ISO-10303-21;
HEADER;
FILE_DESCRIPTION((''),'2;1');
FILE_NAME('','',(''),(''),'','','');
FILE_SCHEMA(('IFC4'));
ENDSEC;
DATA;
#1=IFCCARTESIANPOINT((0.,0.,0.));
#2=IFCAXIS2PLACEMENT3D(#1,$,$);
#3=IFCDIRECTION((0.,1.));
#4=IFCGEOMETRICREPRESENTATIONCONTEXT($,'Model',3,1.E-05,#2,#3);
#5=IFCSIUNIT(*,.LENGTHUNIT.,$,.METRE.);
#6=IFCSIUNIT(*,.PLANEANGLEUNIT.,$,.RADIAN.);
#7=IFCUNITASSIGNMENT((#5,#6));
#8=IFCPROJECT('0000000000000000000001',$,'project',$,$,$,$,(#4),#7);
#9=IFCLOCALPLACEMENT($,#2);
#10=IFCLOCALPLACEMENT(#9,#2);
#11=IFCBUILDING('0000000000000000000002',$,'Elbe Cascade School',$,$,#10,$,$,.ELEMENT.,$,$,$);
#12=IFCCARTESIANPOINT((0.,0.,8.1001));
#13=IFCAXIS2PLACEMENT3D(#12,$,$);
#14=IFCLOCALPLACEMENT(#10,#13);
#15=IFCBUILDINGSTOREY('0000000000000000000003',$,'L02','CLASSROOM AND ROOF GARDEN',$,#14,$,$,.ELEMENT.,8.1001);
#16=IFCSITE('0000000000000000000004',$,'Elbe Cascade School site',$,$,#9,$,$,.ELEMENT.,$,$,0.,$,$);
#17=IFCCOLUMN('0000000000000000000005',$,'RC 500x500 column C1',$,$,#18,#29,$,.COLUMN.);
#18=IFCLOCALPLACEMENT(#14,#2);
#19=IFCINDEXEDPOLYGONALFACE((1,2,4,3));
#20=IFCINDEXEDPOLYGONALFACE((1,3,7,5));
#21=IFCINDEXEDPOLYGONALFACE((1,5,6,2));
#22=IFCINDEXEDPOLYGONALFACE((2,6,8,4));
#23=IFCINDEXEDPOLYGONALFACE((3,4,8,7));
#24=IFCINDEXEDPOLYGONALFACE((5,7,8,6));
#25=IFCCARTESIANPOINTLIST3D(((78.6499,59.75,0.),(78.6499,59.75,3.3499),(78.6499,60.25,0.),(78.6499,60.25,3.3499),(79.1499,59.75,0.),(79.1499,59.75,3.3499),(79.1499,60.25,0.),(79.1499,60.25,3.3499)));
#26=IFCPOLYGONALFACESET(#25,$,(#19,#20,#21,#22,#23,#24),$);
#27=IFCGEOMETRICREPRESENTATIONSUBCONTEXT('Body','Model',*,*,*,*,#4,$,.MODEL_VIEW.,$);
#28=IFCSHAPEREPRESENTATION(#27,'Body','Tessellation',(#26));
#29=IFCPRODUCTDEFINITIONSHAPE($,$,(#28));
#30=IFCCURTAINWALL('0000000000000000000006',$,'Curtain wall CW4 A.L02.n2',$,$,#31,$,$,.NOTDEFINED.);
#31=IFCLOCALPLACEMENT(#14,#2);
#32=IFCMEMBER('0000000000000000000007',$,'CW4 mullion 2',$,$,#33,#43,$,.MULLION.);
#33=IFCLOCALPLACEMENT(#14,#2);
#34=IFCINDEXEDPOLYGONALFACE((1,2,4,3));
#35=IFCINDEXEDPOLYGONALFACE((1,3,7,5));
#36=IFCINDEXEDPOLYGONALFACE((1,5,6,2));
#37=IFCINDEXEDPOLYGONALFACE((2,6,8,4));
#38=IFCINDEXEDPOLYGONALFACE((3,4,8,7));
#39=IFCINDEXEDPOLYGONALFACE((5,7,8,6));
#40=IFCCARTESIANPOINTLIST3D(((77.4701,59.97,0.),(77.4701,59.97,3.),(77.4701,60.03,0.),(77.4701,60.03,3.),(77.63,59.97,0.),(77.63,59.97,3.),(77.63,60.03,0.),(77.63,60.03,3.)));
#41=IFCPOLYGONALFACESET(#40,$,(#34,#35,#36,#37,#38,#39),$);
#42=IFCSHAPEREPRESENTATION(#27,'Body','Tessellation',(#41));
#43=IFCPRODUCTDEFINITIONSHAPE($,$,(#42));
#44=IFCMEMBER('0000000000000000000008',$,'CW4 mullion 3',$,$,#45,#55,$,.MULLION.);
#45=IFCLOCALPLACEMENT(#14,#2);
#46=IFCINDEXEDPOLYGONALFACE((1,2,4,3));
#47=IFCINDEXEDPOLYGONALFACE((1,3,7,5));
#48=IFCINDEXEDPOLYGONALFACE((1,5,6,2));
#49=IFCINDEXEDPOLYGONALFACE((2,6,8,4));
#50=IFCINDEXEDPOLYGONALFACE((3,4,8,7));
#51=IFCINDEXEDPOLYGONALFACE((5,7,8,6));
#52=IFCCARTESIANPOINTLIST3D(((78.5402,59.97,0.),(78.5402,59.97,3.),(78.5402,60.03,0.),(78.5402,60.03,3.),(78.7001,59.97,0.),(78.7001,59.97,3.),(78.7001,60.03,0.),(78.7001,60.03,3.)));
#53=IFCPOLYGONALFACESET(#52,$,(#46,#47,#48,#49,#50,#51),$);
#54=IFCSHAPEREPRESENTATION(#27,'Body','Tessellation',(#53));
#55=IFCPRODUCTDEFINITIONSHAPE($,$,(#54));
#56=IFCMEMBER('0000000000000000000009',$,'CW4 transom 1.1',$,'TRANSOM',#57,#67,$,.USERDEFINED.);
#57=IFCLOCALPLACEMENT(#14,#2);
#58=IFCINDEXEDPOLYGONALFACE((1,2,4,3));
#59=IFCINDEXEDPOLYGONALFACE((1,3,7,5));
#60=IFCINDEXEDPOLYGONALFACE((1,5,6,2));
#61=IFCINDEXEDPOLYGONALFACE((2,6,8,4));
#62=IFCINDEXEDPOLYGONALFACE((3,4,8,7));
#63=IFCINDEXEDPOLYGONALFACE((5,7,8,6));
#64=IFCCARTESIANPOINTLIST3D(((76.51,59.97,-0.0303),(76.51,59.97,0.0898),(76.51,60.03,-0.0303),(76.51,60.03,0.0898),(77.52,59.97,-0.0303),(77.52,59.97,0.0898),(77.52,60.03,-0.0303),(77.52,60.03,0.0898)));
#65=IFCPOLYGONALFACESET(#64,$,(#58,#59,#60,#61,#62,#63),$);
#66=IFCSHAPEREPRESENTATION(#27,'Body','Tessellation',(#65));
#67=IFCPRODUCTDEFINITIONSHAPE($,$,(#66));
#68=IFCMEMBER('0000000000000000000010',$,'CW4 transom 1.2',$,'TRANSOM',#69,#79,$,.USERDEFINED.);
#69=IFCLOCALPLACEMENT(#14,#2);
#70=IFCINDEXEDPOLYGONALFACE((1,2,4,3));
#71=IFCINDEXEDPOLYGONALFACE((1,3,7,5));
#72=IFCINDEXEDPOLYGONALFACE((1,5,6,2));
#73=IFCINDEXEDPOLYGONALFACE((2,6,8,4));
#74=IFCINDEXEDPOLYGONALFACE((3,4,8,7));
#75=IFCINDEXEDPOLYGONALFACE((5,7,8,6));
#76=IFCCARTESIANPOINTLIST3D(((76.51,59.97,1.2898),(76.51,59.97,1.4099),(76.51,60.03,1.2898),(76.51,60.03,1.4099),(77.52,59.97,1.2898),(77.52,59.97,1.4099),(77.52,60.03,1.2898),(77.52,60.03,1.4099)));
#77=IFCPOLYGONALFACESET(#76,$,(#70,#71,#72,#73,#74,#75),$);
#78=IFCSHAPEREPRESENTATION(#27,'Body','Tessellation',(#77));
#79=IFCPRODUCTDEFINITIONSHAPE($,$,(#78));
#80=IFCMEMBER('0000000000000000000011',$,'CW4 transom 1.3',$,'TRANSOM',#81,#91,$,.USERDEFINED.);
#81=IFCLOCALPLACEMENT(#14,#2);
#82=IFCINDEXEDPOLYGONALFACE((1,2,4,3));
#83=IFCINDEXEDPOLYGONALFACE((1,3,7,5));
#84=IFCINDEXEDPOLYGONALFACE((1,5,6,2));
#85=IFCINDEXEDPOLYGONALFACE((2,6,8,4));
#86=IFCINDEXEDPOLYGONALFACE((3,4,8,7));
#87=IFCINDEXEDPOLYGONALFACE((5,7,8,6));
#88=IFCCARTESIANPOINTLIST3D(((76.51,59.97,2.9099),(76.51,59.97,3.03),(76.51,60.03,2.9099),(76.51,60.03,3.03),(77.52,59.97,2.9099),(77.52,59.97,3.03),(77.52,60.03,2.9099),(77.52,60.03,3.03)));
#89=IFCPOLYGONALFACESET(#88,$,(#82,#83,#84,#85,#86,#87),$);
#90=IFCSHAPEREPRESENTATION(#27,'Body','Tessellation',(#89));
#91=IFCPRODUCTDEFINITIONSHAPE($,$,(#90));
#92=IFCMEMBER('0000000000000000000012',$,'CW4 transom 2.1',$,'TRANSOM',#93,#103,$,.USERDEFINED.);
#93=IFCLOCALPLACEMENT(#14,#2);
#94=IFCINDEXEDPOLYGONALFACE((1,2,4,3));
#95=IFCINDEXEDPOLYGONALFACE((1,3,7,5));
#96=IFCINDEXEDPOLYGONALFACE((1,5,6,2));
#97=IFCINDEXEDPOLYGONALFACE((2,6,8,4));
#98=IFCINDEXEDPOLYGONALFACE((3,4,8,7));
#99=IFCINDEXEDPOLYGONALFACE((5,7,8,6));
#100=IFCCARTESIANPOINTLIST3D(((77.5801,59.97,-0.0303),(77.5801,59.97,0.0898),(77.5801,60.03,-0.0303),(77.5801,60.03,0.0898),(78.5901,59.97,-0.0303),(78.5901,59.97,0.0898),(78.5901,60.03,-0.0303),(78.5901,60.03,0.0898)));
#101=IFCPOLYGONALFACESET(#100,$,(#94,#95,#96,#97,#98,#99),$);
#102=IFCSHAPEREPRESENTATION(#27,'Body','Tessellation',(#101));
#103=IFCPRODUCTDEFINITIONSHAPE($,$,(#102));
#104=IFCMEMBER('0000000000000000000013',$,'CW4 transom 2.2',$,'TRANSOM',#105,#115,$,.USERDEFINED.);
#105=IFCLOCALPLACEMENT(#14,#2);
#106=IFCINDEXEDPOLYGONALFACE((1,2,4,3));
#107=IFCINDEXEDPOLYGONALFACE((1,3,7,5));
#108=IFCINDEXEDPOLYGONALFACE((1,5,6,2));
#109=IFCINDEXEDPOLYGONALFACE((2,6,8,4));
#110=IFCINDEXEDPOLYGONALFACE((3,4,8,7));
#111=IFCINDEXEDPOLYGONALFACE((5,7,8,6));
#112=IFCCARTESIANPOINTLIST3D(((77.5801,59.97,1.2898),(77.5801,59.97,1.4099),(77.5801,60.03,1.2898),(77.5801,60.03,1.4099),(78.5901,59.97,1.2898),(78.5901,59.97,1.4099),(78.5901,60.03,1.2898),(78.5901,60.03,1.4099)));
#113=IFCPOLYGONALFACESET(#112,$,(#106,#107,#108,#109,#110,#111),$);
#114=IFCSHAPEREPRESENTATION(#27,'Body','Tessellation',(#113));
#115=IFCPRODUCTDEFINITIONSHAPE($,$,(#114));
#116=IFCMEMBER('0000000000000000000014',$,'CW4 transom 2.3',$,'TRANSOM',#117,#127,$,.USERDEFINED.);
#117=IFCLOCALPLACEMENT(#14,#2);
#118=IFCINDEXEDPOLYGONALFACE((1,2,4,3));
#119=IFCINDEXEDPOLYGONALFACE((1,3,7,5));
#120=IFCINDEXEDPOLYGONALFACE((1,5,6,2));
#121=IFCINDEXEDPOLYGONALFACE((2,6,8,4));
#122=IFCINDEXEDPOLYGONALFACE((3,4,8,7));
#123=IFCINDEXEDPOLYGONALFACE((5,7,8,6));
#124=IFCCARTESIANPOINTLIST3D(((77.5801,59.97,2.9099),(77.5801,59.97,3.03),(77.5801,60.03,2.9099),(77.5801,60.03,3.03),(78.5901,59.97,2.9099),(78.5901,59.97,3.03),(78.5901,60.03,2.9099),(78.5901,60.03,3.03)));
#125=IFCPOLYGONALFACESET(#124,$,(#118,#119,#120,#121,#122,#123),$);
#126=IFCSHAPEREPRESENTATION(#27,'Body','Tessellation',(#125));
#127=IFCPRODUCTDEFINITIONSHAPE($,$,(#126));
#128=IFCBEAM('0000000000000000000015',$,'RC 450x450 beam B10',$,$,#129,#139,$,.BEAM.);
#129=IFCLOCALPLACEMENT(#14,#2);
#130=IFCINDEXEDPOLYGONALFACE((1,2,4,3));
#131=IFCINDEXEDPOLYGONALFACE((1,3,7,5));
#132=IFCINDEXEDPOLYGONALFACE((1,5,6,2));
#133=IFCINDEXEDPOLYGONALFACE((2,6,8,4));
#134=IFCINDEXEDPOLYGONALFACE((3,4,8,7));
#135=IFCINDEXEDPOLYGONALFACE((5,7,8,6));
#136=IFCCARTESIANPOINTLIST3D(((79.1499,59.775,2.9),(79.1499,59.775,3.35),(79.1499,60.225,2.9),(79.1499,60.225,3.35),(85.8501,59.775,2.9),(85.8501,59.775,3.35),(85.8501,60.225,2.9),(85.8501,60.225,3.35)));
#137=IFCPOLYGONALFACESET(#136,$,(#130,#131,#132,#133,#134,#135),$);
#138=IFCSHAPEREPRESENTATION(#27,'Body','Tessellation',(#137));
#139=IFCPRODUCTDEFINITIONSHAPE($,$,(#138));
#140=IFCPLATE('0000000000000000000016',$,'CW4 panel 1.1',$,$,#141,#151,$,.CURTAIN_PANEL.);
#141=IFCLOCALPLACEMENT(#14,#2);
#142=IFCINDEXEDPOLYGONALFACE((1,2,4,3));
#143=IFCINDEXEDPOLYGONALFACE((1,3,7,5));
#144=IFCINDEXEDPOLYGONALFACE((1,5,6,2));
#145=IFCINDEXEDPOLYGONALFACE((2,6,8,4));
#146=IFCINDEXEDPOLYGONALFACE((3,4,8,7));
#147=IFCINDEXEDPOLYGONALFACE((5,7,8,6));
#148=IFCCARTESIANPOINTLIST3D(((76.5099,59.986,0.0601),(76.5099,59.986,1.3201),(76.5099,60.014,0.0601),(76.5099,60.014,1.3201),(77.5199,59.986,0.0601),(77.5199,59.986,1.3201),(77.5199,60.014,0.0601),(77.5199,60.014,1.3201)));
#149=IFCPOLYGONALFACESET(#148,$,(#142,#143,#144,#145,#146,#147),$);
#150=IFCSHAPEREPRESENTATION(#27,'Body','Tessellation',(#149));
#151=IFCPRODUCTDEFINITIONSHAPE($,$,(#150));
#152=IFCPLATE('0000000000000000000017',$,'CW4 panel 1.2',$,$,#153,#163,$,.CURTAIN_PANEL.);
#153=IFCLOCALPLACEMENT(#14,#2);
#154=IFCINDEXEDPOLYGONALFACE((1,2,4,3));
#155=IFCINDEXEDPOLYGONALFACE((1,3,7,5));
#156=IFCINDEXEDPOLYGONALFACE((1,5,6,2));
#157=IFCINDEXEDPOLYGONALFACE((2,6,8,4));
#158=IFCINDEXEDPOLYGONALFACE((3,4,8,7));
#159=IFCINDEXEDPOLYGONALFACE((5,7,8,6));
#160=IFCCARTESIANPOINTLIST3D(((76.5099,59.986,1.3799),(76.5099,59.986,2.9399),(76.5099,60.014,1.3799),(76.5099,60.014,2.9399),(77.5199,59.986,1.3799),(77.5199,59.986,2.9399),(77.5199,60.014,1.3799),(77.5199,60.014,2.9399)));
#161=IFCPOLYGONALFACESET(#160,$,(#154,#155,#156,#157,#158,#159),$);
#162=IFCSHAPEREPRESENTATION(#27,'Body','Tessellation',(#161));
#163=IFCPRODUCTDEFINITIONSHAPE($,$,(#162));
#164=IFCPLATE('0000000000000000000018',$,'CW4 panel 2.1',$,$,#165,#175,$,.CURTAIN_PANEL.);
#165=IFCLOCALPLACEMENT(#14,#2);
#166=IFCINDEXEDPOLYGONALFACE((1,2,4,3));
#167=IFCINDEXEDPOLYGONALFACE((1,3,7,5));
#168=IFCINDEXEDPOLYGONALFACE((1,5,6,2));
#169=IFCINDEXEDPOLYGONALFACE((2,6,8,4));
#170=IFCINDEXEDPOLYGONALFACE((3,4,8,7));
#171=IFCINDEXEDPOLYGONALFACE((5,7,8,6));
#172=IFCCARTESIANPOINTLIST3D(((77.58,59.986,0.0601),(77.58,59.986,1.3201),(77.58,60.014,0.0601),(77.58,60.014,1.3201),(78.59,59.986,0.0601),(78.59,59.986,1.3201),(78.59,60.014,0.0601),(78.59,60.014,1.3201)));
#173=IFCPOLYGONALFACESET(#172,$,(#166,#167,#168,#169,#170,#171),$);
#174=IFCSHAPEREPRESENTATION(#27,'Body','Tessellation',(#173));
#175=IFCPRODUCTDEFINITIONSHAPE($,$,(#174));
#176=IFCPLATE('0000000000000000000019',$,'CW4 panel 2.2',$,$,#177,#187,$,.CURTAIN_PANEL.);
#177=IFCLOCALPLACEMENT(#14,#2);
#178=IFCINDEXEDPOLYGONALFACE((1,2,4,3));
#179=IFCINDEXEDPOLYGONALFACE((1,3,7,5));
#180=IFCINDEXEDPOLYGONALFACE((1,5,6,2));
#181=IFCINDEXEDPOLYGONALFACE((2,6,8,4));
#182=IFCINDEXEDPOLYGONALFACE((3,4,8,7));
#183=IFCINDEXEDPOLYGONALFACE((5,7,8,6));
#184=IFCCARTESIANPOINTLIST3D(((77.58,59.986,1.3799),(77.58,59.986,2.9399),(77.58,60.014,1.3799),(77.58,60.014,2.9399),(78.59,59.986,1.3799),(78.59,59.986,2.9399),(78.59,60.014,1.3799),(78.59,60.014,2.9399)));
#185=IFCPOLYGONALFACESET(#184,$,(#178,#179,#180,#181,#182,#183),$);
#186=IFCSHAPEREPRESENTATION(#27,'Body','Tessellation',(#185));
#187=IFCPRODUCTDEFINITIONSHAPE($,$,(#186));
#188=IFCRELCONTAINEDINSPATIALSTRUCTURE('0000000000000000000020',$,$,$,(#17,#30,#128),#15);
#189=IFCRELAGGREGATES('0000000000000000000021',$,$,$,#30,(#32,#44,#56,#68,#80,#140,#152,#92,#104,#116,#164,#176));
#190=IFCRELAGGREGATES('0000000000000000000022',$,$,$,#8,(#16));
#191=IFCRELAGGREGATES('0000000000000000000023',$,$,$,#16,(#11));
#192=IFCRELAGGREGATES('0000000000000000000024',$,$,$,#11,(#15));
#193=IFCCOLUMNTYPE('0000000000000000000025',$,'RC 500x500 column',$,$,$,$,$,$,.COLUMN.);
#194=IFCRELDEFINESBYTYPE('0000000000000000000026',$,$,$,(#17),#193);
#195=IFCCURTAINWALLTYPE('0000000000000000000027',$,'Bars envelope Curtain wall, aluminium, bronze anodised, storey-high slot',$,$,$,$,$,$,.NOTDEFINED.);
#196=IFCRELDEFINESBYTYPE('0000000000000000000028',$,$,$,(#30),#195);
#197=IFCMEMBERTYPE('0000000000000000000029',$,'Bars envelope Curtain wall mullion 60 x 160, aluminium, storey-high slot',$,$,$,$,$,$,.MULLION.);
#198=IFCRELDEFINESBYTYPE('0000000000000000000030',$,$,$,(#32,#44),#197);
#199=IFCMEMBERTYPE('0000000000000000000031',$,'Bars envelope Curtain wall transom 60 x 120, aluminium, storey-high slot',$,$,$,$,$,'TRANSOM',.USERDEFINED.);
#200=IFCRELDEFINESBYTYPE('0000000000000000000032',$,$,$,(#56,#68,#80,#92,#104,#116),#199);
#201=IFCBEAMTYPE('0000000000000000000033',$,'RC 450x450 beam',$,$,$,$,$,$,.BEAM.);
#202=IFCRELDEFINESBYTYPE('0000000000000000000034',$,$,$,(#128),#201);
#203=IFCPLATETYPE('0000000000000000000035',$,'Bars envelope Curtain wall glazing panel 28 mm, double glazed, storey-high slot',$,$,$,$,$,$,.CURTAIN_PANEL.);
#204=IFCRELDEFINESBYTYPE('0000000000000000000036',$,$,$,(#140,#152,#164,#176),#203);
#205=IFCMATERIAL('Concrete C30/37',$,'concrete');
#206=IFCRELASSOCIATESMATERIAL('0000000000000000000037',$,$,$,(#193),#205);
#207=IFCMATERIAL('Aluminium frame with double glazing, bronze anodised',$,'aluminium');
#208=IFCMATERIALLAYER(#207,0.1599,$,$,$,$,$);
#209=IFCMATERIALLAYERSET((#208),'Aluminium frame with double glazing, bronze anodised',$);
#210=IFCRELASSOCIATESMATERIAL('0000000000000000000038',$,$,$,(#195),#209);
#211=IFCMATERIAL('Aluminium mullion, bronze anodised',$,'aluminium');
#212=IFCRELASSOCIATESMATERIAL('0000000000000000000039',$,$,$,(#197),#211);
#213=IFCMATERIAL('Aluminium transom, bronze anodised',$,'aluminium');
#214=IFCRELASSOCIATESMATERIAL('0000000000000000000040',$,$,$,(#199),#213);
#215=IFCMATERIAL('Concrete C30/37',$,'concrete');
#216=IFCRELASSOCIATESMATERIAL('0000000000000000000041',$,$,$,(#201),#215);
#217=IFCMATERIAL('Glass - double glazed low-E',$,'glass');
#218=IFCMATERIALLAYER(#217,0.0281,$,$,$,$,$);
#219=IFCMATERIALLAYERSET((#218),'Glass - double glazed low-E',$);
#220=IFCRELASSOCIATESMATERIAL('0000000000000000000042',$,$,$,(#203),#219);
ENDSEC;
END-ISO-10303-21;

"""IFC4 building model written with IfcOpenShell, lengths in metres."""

from ifc_helpers import new_model, si_unit, direction, frame, origin, origin_2d, place, context, subcontext, project, spatial, rectangle, extrude, material, layer, layer_set, material_profile, profile_set, type_object, element, aggregate, save


model = new_model("IFC4")

# Units and contexts
model_context = context("Model", 3, precision=1e-05, world=origin(), true_north=direction((0.0, 1.0)))
body_context = subcontext(model_context, "Body", "Model", "MODEL_VIEW")
ifc_project = project(units=[si_unit("LENGTHUNIT", "METRE"), si_unit("PLANEANGLEUNIT", "RADIAN")], contexts=[model_context])

# Site, building, storey
site_placement = place(None, origin())
site = spatial("IfcSite", under=ifc_project, at=site_placement, Name="Elbe Cascade School site", CompositionType="ELEMENT", RefElevation=0.0)
building_placement = place(site_placement, origin())
building = spatial("IfcBuilding", under=site, at=building_placement, Name="Elbe Cascade School", CompositionType="ELEMENT")
storey_placement = place(building_placement, frame((0.0, 0.0, 8.1001)))
storey = spatial("IfcBuildingStorey", under=building, at=storey_placement, Name="L02", Description="CLASSROOM AND ROOF GARDEN", CompositionType="ELEMENT", Elevation=8.1001)

# Column
ifc_material_1 = material(Name="Concrete C30/37", Category="concrete")
ifc_material_profile_1 = material_profile(ifc_material_1, rectangle(XDim=0.5, YDim=0.5, at=origin_2d()), Name="RC 500x500")
ifc_profile_set_1 = profile_set([ifc_material_profile_1], Name="Concrete C30/37")
column_type = type_object("IfcColumnType", Name="RC 500x500 column", PredefinedType="COLUMN", material=ifc_profile_set_1)
column_placement = place(storey_placement, frame((78.8999, 60.0, 0.0), z_axis=(0.0, 0.0, 1.0), x_axis=(1.0, 0.0, 0.0)))
element("IfcColumn", 1, at=column_placement, inside=storey, type_object=column_type, Name="RC 500x500 column C1", PredefinedType="COLUMN", context=body_context, shape_type="SweptSolid", body=[
    extrude(rectangle(XDim=0.5, YDim=0.5, at=origin_2d()), origin(), (0.0, 0.0, 1.0), 3.3499),
])

# Curtain wall, members
ifc_material_2 = material(Name="Aluminium frame with double glazing, bronze anodised", Category="aluminium")
ifc_layer_1 = layer(ifc_material_2, 0.1599)
ifc_layer_set_1 = layer_set([ifc_layer_1], Name="Aluminium frame with double glazing, bronze anodised")
curtain_wall_type = type_object("IfcCurtainWallType", Name="Bars envelope Curtain wall, aluminium, bronze anodised, storey-high slot", PredefinedType="NOTDEFINED", material=ifc_layer_set_1)
curtain_wall_placement = place(storey_placement, origin())
curtain_wall = element("IfcCurtainWall", 2, at=curtain_wall_placement, inside=storey, type_object=curtain_wall_type, Name="Curtain wall CW4 A.L02.n2", PredefinedType="NOTDEFINED")
ifc_material_3 = material(Name="Aluminium mullion, bronze anodised", Category="aluminium")
ifc_material_profile_2 = material_profile(ifc_material_3, rectangle(XDim=0.0601, YDim=0.1599, at=origin_2d()), Name="Bars envelope Curtain wall mullion 60 x 160, aluminium, storey-high slot")
ifc_profile_set_2 = profile_set([ifc_material_profile_2], Name="Aluminium mullion, bronze anodised")
member_type_1 = type_object("IfcMemberType", Name="Bars envelope Curtain wall mullion 60 x 160, aluminium, storey-high slot", PredefinedType="MULLION", material=ifc_profile_set_2)
member_1_placement = place(storey_placement, frame((77.55, 60.0, 0.0), z_axis=(0.0, 0.0, 1.0), x_axis=(0.0, 1.0, 0.0)))
member_1 = element("IfcMember", 3, at=member_1_placement, type_object=member_type_1, Name="CW4 mullion 2", PredefinedType="MULLION", context=body_context, shape_type="SweptSolid", body=[
    extrude(rectangle(XDim=0.0601, YDim=0.1599, at=origin_2d()), origin(), (0.0, 0.0, 1.0), 3.0),
])
member_2_placement = place(storey_placement, frame((78.6201, 60.0, 0.0), z_axis=(0.0, 0.0, 1.0), x_axis=(0.0, 1.0, 0.0)))
member_2 = element("IfcMember", 4, at=member_2_placement, type_object=member_type_1, Name="CW4 mullion 3", PredefinedType="MULLION", context=body_context, shape_type="SweptSolid", body=[
    extrude(rectangle(XDim=0.0601, YDim=0.1599, at=origin_2d()), origin(), (0.0, 0.0, 1.0), 3.0),
])
ifc_material_4 = material(Name="Aluminium transom, bronze anodised", Category="aluminium")
ifc_material_profile_3 = material_profile(ifc_material_4, rectangle(XDim=0.0601, YDim=0.1201, at=origin_2d()), Name="Bars envelope Curtain wall transom 60 x 120, aluminium, storey-high slot")
ifc_profile_set_3 = profile_set([ifc_material_profile_3], Name="Aluminium transom, bronze anodised")
member_type_2 = type_object("IfcMemberType", Name="Bars envelope Curtain wall transom 60 x 120, aluminium, storey-high slot", ElementType="TRANSOM", PredefinedType="USERDEFINED", material=ifc_profile_set_3)
member_3_placement = place(storey_placement, frame((76.51, 60.0, 0.0298), z_axis=(1.0, 0.0, 0.0), x_axis=(0.0, 1.0, 0.0)))
member_3 = element("IfcMember", 5, at=member_3_placement, type_object=member_type_2, Name="CW4 transom 1.1", ObjectType="TRANSOM", PredefinedType="USERDEFINED", context=body_context, shape_type="SweptSolid", body=[
    extrude(rectangle(XDim=0.0601, YDim=0.1201, at=origin_2d()), origin(), (0.0, 0.0, 1.0), 1.01),
])
member_4_placement = place(storey_placement, frame((76.51, 60.0, 1.3499), z_axis=(1.0, 0.0, 0.0), x_axis=(0.0, 1.0, 0.0)))
member_4 = element("IfcMember", 6, at=member_4_placement, type_object=member_type_2, Name="CW4 transom 1.2", ObjectType="TRANSOM", PredefinedType="USERDEFINED", context=body_context, shape_type="SweptSolid", body=[
    extrude(rectangle(XDim=0.0601, YDim=0.1201, at=origin_2d()), origin(), (0.0, 0.0, 1.0), 1.01),
])
member_5_placement = place(storey_placement, frame((76.51, 60.0, 2.97), z_axis=(1.0, 0.0, 0.0), x_axis=(0.0, 1.0, 0.0)))
member_5 = element("IfcMember", 7, at=member_5_placement, type_object=member_type_2, Name="CW4 transom 1.3", ObjectType="TRANSOM", PredefinedType="USERDEFINED", context=body_context, shape_type="SweptSolid", body=[
    extrude(rectangle(XDim=0.0601, YDim=0.1201, at=origin_2d()), origin(), (0.0, 0.0, 1.0), 1.01),
])
member_6_placement = place(storey_placement, frame((77.5801, 60.0, 0.0298), z_axis=(1.0, 0.0, 0.0), x_axis=(0.0, 1.0, 0.0)))
member_6 = element("IfcMember", 8, at=member_6_placement, type_object=member_type_2, Name="CW4 transom 2.1", ObjectType="TRANSOM", PredefinedType="USERDEFINED", context=body_context, shape_type="SweptSolid", body=[
    extrude(rectangle(XDim=0.0601, YDim=0.1201, at=origin_2d()), origin(), (0.0, 0.0, 1.0), 1.01),
])
member_7_placement = place(storey_placement, frame((77.5801, 60.0, 1.3499), z_axis=(1.0, 0.0, 0.0), x_axis=(0.0, 1.0, 0.0)))
member_7 = element("IfcMember", 9, at=member_7_placement, type_object=member_type_2, Name="CW4 transom 2.2", ObjectType="TRANSOM", PredefinedType="USERDEFINED", context=body_context, shape_type="SweptSolid", body=[
    extrude(rectangle(XDim=0.0601, YDim=0.1201, at=origin_2d()), origin(), (0.0, 0.0, 1.0), 1.01),
])
member_8_placement = place(storey_placement, frame((77.5801, 60.0, 2.97), z_axis=(1.0, 0.0, 0.0), x_axis=(0.0, 1.0, 0.0)))
member_8 = element("IfcMember", 10, at=member_8_placement, type_object=member_type_2, Name="CW4 transom 2.3", ObjectType="TRANSOM", PredefinedType="USERDEFINED", context=body_context, shape_type="SweptSolid", body=[
    extrude(rectangle(XDim=0.0601, YDim=0.1201, at=origin_2d()), origin(), (0.0, 0.0, 1.0), 1.01),
])

# Beam
ifc_material_5 = material(Name="Concrete C30/37", Category="concrete")
ifc_material_profile_4 = material_profile(ifc_material_5, rectangle(XDim=0.45, YDim=0.45, at=origin_2d()), Name="RC 450x450")
ifc_profile_set_4 = profile_set([ifc_material_profile_4], Name="Concrete C30/37")
beam_type = type_object("IfcBeamType", Name="RC 450x450 beam", PredefinedType="BEAM", material=ifc_profile_set_4)
beam_placement = place(storey_placement, frame((79.1499, 60.0, 3.125), z_axis=(1.0, 0.0, 0.0), x_axis=(0.0, 1.0, 0.0)))
element("IfcBeam", 11, at=beam_placement, inside=storey, type_object=beam_type, Name="RC 450x450 beam B10", PredefinedType="BEAM", context=body_context, shape_type="SweptSolid", body=[
    extrude(rectangle(XDim=0.45, YDim=0.45, at=origin_2d()), origin(), (0.0, 0.0, 1.0), 6.7002),
])

# Plates
ifc_material_6 = material(Name="Glass - double glazed low-E", Category="glass")
ifc_layer_2 = layer(ifc_material_6, 0.0281)
ifc_layer_set_2 = layer_set([ifc_layer_2], Name="Glass - double glazed low-E")
plate_type = type_object("IfcPlateType", Name="Bars envelope Curtain wall glazing panel 28 mm, double glazed, storey-high slot", PredefinedType="CURTAIN_PANEL", material=ifc_layer_set_2)
plate_1_placement = place(storey_placement, frame((77.0149, 60.0, 0.0601), z_axis=(0.0, 0.0, 1.0), x_axis=(1.0, 0.0, 0.0)))
plate_1 = element("IfcPlate", 12, at=plate_1_placement, type_object=plate_type, Name="CW4 panel 1.1", PredefinedType="CURTAIN_PANEL", context=body_context, shape_type="SweptSolid", body=[
    extrude(rectangle(XDim=1.01, YDim=0.0281, at=origin_2d()), origin(), (0.0, 0.0, 1.0), 1.26),
])
plate_2_placement = place(storey_placement, frame((77.0149, 60.0, 1.3799), z_axis=(0.0, 0.0, 1.0), x_axis=(1.0, 0.0, 0.0)))
plate_2 = element("IfcPlate", 13, at=plate_2_placement, type_object=plate_type, Name="CW4 panel 1.2", PredefinedType="CURTAIN_PANEL", context=body_context, shape_type="SweptSolid", body=[
    extrude(rectangle(XDim=1.01, YDim=0.0281, at=origin_2d()), origin(), (0.0, 0.0, 1.0), 1.5601),
])
plate_3_placement = place(storey_placement, frame((78.085, 60.0, 0.0601), z_axis=(0.0, 0.0, 1.0), x_axis=(1.0, 0.0, 0.0)))
plate_3 = element("IfcPlate", 14, at=plate_3_placement, type_object=plate_type, Name="CW4 panel 2.1", PredefinedType="CURTAIN_PANEL", context=body_context, shape_type="SweptSolid", body=[
    extrude(rectangle(XDim=1.01, YDim=0.0281, at=origin_2d()), origin(), (0.0, 0.0, 1.0), 1.26),
])
plate_4_placement = place(storey_placement, frame((78.085, 60.0, 1.3799), z_axis=(0.0, 0.0, 1.0), x_axis=(1.0, 0.0, 0.0)))
plate_4 = element("IfcPlate", 15, at=plate_4_placement, type_object=plate_type, Name="CW4 panel 2.2", PredefinedType="CURTAIN_PANEL", context=body_context, shape_type="SweptSolid", body=[
    extrude(rectangle(XDim=1.01, YDim=0.0281, at=origin_2d()), origin(), (0.0, 0.0, 1.0), 1.5601),
])
aggregate(curtain_wall, [member_1, member_2, member_3, member_4, member_5, plate_1, plate_2, member_6, member_7, member_8, plate_3, plate_4])

save(model, "model.ifc")
